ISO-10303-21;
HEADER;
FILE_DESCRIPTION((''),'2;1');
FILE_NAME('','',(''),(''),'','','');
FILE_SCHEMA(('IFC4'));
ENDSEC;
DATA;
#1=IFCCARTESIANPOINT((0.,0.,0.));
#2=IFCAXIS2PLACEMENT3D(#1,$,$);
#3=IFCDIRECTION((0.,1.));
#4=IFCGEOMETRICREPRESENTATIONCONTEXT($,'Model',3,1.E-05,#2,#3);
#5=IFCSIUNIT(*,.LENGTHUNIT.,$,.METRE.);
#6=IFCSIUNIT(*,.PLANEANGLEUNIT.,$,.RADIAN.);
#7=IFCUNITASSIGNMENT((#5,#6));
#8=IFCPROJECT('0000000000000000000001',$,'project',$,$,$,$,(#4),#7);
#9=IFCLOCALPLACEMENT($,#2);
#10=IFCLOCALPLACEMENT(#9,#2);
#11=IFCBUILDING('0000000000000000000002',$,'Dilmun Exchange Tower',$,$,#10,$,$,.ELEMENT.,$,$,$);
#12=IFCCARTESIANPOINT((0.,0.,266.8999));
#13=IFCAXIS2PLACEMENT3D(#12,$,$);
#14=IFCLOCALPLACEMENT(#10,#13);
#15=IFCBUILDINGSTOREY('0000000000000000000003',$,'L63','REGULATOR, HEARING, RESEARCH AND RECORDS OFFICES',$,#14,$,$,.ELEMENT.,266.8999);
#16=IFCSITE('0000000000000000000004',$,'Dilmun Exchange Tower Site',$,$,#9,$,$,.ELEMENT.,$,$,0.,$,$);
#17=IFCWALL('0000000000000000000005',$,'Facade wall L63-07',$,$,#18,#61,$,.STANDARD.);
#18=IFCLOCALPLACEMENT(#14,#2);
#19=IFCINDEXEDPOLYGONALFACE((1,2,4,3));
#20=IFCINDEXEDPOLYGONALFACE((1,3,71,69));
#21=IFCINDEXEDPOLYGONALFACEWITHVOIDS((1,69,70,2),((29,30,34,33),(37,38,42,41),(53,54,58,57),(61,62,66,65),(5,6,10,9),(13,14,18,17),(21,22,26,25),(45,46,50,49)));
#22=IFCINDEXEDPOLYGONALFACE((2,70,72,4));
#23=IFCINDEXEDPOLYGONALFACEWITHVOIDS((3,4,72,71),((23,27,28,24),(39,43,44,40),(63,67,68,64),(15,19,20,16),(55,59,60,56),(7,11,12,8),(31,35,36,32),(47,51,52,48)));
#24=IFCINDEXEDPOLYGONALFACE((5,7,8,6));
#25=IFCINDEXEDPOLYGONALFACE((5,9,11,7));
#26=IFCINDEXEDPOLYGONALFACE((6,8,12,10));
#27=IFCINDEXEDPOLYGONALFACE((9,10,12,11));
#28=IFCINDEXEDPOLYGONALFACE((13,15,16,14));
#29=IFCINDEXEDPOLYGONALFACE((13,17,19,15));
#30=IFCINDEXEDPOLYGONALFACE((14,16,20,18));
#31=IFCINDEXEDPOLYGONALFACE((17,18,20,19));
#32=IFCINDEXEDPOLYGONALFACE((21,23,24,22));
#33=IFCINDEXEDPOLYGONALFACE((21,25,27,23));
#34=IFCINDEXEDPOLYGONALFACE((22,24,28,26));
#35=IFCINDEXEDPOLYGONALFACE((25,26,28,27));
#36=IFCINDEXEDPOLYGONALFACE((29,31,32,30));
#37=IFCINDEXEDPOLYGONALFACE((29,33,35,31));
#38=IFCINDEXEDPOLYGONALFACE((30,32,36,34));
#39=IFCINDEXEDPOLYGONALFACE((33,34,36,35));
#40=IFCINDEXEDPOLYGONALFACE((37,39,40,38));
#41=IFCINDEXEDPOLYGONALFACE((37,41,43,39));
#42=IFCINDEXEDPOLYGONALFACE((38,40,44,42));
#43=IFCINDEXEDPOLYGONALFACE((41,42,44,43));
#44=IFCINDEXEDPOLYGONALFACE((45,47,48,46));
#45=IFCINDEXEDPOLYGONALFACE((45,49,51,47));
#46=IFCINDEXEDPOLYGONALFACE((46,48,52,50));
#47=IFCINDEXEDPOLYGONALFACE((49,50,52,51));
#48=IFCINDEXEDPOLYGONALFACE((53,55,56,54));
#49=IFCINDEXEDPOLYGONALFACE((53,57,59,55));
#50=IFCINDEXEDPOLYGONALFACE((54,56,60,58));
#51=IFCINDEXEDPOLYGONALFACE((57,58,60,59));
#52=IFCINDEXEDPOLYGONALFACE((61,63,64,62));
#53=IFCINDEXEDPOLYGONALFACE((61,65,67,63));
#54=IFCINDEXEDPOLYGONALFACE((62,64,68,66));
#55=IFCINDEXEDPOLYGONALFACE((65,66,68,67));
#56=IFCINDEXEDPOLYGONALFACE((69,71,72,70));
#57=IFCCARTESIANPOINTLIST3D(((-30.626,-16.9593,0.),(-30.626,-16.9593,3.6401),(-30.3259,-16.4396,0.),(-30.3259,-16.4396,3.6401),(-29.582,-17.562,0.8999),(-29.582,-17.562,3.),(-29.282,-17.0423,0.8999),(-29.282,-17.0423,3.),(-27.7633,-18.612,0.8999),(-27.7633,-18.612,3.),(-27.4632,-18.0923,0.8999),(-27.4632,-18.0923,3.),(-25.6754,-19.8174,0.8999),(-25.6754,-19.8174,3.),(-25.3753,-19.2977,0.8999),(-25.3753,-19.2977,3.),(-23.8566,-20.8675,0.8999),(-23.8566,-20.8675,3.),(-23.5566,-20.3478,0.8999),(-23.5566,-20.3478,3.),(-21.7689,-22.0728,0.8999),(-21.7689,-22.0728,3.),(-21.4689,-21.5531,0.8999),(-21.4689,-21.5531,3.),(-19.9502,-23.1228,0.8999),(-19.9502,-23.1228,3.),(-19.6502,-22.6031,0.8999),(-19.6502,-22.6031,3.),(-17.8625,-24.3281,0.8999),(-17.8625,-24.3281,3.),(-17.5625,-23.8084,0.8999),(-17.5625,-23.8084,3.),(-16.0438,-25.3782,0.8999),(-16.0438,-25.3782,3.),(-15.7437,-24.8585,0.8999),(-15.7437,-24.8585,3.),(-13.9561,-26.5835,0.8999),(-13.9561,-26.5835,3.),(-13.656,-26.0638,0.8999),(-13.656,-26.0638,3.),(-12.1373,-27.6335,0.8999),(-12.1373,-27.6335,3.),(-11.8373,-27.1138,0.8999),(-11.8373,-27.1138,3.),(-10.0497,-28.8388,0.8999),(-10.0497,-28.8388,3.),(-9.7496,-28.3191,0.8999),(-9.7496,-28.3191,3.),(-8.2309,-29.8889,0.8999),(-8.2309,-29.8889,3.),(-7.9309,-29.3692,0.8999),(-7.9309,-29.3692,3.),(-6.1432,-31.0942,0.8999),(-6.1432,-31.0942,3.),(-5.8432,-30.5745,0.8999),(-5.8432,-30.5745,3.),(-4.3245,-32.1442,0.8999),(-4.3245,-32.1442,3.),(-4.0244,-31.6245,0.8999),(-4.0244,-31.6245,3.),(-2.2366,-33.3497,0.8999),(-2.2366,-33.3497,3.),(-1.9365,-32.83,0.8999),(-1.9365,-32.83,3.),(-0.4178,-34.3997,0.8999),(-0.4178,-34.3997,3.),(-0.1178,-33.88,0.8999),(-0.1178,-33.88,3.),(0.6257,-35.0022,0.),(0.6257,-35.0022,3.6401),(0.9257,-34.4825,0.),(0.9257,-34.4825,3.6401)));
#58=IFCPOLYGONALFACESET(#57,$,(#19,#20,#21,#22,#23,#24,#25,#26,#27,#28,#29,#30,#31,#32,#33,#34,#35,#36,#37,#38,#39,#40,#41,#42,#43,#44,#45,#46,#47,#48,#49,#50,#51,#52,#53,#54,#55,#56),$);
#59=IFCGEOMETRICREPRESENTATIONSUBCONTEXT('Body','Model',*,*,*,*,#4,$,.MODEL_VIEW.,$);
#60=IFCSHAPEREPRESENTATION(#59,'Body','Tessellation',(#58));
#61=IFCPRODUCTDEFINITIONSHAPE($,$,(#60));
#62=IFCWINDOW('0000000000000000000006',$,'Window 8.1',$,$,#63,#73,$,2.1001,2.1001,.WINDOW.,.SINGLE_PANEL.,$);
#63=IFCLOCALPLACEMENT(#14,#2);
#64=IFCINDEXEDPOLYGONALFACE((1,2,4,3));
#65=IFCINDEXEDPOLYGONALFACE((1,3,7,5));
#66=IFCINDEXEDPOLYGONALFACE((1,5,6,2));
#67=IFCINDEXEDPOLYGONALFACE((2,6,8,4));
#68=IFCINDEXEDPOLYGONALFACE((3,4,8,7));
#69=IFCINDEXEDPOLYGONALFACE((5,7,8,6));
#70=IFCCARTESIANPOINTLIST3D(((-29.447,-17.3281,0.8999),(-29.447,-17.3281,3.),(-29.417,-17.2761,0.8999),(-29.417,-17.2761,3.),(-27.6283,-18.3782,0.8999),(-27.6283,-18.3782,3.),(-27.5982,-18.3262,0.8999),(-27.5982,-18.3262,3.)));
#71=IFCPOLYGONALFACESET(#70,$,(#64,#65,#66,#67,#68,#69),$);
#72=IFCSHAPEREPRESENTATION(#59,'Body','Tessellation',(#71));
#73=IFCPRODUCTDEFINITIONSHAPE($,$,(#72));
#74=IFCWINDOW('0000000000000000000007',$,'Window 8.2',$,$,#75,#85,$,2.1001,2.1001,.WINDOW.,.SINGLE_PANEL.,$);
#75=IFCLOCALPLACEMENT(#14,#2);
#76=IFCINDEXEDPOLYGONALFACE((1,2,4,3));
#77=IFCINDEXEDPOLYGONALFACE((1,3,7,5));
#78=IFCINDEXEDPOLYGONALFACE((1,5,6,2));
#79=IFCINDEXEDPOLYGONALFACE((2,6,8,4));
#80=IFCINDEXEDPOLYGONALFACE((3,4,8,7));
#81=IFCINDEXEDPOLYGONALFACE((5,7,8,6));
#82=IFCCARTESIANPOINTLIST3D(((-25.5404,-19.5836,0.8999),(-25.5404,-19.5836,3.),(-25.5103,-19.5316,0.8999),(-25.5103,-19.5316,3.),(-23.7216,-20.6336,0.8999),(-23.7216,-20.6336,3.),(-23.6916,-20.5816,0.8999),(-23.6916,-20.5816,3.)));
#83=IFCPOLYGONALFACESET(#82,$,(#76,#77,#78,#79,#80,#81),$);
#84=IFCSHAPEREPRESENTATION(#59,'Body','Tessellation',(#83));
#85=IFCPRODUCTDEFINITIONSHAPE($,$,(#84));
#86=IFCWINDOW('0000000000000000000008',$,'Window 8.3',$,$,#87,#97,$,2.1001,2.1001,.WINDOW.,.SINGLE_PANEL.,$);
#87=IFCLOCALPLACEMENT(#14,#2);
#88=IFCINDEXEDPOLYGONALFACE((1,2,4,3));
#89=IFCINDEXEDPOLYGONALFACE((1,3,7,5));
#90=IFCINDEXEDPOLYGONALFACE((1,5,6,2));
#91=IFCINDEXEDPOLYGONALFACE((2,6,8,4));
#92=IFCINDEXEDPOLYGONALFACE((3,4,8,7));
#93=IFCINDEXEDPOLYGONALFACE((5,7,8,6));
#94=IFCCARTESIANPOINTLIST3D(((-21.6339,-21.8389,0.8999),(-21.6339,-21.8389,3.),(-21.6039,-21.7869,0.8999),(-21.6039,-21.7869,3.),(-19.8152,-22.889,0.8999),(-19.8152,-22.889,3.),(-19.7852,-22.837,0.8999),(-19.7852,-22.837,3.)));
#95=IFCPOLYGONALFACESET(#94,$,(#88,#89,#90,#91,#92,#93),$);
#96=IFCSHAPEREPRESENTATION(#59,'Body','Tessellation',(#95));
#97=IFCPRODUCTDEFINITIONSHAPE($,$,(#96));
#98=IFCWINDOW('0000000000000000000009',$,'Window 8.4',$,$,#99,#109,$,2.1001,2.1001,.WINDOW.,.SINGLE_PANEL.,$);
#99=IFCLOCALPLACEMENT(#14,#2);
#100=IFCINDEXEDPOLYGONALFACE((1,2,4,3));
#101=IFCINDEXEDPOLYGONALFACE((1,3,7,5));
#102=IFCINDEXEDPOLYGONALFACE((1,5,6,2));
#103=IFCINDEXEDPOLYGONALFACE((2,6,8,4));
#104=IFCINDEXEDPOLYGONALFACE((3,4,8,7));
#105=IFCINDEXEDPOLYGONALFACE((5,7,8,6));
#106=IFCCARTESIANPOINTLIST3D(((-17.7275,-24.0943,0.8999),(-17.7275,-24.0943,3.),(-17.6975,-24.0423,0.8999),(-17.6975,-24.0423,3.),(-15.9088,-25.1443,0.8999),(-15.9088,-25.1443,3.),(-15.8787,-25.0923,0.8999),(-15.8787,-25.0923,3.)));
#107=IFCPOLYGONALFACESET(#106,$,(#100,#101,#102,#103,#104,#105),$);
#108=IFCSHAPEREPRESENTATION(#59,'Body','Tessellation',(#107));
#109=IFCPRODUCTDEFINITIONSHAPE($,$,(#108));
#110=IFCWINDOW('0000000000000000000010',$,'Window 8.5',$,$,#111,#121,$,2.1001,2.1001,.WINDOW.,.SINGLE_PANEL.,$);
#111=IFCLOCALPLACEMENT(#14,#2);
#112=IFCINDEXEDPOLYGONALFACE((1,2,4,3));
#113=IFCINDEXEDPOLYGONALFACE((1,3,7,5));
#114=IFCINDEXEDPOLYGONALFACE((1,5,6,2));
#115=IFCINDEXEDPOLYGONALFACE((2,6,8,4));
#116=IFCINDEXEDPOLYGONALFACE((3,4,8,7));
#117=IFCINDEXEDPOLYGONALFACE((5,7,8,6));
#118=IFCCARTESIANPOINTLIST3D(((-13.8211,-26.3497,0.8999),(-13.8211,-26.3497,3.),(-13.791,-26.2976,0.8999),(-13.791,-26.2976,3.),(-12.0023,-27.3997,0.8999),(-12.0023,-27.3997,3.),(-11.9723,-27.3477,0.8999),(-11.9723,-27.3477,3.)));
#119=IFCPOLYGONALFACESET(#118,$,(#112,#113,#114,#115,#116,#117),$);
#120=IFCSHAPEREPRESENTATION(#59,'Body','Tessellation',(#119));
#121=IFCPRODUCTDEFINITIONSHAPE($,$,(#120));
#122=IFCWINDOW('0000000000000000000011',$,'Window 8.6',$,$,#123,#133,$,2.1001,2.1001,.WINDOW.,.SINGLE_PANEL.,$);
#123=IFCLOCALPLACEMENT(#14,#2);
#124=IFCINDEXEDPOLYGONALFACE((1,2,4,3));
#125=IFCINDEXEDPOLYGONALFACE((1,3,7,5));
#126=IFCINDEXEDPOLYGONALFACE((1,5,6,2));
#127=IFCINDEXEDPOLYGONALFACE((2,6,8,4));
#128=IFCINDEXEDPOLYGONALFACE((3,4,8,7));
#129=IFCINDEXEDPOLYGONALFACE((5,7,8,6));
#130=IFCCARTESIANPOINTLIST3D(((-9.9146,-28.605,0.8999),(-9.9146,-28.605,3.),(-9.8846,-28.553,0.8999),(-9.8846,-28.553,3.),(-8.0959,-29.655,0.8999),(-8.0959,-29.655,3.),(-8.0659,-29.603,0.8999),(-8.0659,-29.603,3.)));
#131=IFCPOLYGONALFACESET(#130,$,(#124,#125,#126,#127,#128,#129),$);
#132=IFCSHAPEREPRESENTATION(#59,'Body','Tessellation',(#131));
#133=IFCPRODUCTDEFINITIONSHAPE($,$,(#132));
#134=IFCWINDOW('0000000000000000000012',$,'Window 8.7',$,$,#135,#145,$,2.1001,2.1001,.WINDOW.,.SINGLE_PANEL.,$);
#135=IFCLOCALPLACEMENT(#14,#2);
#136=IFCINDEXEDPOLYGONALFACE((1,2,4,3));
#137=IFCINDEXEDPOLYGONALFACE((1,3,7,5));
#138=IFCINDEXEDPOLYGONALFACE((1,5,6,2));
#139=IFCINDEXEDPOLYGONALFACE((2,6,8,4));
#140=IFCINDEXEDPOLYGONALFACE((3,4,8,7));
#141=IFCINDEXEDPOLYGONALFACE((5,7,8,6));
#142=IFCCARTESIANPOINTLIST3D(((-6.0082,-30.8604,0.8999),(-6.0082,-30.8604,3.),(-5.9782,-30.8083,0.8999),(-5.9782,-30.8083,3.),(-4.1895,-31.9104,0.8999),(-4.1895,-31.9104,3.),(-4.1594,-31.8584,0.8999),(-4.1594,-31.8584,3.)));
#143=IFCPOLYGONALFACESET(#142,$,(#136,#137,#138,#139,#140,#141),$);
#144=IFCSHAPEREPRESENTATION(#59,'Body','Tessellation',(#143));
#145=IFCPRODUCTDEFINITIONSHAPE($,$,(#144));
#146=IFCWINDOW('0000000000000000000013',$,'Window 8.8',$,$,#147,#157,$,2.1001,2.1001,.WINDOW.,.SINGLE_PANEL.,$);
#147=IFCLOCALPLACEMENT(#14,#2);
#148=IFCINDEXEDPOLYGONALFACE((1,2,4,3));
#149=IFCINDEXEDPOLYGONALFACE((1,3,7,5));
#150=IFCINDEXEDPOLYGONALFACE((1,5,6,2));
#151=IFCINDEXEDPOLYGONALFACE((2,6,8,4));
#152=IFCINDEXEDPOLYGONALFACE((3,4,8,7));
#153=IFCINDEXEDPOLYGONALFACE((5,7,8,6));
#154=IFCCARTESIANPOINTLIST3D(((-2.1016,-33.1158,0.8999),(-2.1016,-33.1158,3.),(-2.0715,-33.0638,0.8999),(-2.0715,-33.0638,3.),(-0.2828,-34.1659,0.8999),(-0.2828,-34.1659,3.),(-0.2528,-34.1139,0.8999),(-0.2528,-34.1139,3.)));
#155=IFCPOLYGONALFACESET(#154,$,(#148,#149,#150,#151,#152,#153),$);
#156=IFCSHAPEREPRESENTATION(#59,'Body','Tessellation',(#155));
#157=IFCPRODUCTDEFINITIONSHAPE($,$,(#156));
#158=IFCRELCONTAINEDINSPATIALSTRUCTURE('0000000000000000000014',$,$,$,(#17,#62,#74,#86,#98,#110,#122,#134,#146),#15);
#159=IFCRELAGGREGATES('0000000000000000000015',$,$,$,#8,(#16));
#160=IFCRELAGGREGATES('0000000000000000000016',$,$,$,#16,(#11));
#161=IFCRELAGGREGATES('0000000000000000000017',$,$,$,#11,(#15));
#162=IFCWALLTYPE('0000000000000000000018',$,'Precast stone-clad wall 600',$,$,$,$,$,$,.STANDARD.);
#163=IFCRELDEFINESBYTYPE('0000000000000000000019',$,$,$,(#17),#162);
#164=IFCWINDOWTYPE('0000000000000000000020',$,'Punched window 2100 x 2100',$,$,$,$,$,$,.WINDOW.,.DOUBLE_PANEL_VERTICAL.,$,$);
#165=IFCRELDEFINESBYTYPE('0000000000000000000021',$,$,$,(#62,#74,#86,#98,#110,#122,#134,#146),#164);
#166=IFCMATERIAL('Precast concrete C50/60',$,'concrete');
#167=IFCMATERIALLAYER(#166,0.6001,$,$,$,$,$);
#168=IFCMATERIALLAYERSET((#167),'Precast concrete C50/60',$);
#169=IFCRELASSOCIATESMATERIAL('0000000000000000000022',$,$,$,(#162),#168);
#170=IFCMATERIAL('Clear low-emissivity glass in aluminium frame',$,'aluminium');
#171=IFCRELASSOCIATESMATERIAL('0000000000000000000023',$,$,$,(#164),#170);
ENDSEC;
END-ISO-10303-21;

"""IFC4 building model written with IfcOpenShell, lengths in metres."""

from ifc_helpers import new_model, si_unit, direction, frame, frame_2d, origin, place, context, subcontext, project, spatial, rectangle, extrude, material, layer, layer_set, type_object, element, fill, save


model = new_model("IFC4")

# Units and contexts
model_context = context("Model", 3, precision=1e-05, world=origin(), true_north=direction((0.0, 1.0)))
body_context = subcontext(model_context, "Body", "Model", "MODEL_VIEW")
ifc_project = project(units=[si_unit("LENGTHUNIT", "METRE"), si_unit("PLANEANGLEUNIT", "RADIAN")], contexts=[model_context])

# Site, building, storey
site_placement = place(None, origin())
site = spatial("IfcSite", under=ifc_project, at=site_placement, Name="Dilmun Exchange Tower Site", CompositionType="ELEMENT", RefElevation=0.0)
building_placement = place(site_placement, origin())
building = spatial("IfcBuilding", under=site, at=building_placement, Name="Dilmun Exchange Tower", CompositionType="ELEMENT")
storey_placement = place(building_placement, frame((0.0, 0.0, 266.8999)))
storey = spatial("IfcBuildingStorey", under=building, at=storey_placement, Name="L63", Description="REGULATOR, HEARING, RESEARCH AND RECORDS OFFICES", CompositionType="ELEMENT", Elevation=266.8999)

# Shared definitions
ifc_material_1 = material(Name="Precast concrete C50/60", Category="concrete")
ifc_layer_1 = layer(ifc_material_1, 0.6001)
ifc_layer_set_1 = layer_set([ifc_layer_1], Name="Precast concrete C50/60")
wall_type_1 = type_object("IfcWallType", Name="Precast stone-clad wall 600", PredefinedType="STANDARD", material=ifc_layer_set_1)
ifc_material_2 = material(Name="Clear low-emissivity glass in aluminium frame", Category="aluminium")

# Wall, openings, windows
wall_1_placement = place(storey_placement, frame((-30.4758, -16.6995, 0.0), z_axis=(0.0, 0.0, 1.0), x_axis=(0.866028, -0.499996, 0.0)))
wall_1 = element("IfcWall", 1, at=wall_1_placement, inside=storey, type_object=wall_type_1, Name="Facade wall L63-07", PredefinedType="STANDARD", context=body_context, shape_type="SweptSolid", body=[
    extrude(rectangle(XDim=36.0862, YDim=0.6001, at=frame_2d((18.043, 0.0))), origin(), (0.0, 0.0, 1.0), 3.6401),
])
opening_1_placement = place(wall_1_placement, frame((1.2053, 0.0, 0.8999)))
opening_1 = element("IfcOpeningElement", 2, at=opening_1_placement, cuts=wall_1, PredefinedType="OPENING", context=body_context, shape_type="SweptSolid", body=[
    extrude(rectangle(XDim=2.1001, YDim=2.1001, at=frame_2d((1.05, 1.05))), frame((0.0, 0.3101, 0.0), z_axis=(0.0, -1.0, 0.0), x_axis=(1.0, 0.0, 0.0)), (0.0, 0.0, 1.0), 0.6201),
])
opening_2_placement = place(wall_1_placement, frame((5.7163, 0.0, 0.8999)))
opening_2 = element("IfcOpeningElement", 3, at=opening_2_placement, cuts=wall_1, PredefinedType="OPENING", context=body_context, shape_type="SweptSolid", body=[
    extrude(rectangle(XDim=2.1001, YDim=2.1001, at=frame_2d((1.05, 1.05))), frame((0.0, 0.3101, 0.0), z_axis=(0.0, -1.0, 0.0), x_axis=(1.0, 0.0, 0.0)), (0.0, 0.0, 1.0), 0.6201),
])
opening_3_placement = place(wall_1_placement, frame((10.2271, 0.0, 0.8999)))
opening_3 = element("IfcOpeningElement", 4, at=opening_3_placement, cuts=wall_1, PredefinedType="OPENING", context=body_context, shape_type="SweptSolid", body=[
    extrude(rectangle(XDim=2.1001, YDim=2.1001, at=frame_2d((1.05, 1.05))), frame((0.0, 0.3101, 0.0), z_axis=(0.0, -1.0, 0.0), x_axis=(1.0, 0.0, 0.0)), (0.0, 0.0, 1.0), 0.6201),
])
opening_4_placement = place(wall_1_placement, frame((14.7378, 0.0, 0.8999)))
opening_4 = element("IfcOpeningElement", 5, at=opening_4_placement, cuts=wall_1, PredefinedType="OPENING", context=body_context, shape_type="SweptSolid", body=[
    extrude(rectangle(XDim=2.1001, YDim=2.1001, at=frame_2d((1.05, 1.05))), frame((0.0, 0.3101, 0.0), z_axis=(0.0, -1.0, 0.0), x_axis=(1.0, 0.0, 0.0)), (0.0, 0.0, 1.0), 0.6201),
])
opening_5_placement = place(wall_1_placement, frame((19.2485, 0.0, 0.8999)))
opening_5 = element("IfcOpeningElement", 6, at=opening_5_placement, cuts=wall_1, PredefinedType="OPENING", context=body_context, shape_type="SweptSolid", body=[
    extrude(rectangle(XDim=2.1001, YDim=2.1001, at=frame_2d((1.05, 1.05))), frame((0.0, 0.3101, 0.0), z_axis=(0.0, -1.0, 0.0), x_axis=(1.0, 0.0, 0.0)), (0.0, 0.0, 1.0), 0.6201),
])
opening_6_placement = place(wall_1_placement, frame((23.7593, 0.0, 0.8999)))
opening_6 = element("IfcOpeningElement", 7, at=opening_6_placement, cuts=wall_1, PredefinedType="OPENING", context=body_context, shape_type="SweptSolid", body=[
    extrude(rectangle(XDim=2.1001, YDim=2.1001, at=frame_2d((1.05, 1.05))), frame((0.0, 0.3101, 0.0), z_axis=(0.0, -1.0, 0.0), x_axis=(1.0, 0.0, 0.0)), (0.0, 0.0, 1.0), 0.6201),
])
opening_7_placement = place(wall_1_placement, frame((28.27, 0.0, 0.8999)))
opening_7 = element("IfcOpeningElement", 8, at=opening_7_placement, cuts=wall_1, PredefinedType="OPENING", context=body_context, shape_type="SweptSolid", body=[
    extrude(rectangle(XDim=2.1001, YDim=2.1001, at=frame_2d((1.05, 1.05))), frame((0.0, 0.3101, 0.0), z_axis=(0.0, -1.0, 0.0), x_axis=(1.0, 0.0, 0.0)), (0.0, 0.0, 1.0), 0.6201),
])
opening_8_placement = place(wall_1_placement, frame((32.781, 0.0, 0.8999)))
opening_8 = element("IfcOpeningElement", 9, at=opening_8_placement, cuts=wall_1, PredefinedType="OPENING", context=body_context, shape_type="SweptSolid", body=[
    extrude(rectangle(XDim=2.1001, YDim=2.1001, at=frame_2d((1.05, 1.05))), frame((0.0, 0.3101, 0.0), z_axis=(0.0, -1.0, 0.0), x_axis=(1.0, 0.0, 0.0)), (0.0, 0.0, 1.0), 0.6201),
])
window_type_1 = type_object("IfcWindowType", Name="Punched window 2100 x 2100", PartitioningType="DOUBLE_PANEL_VERTICAL", PredefinedType="WINDOW", material=ifc_material_2)
window_1_placement = place(opening_1_placement, origin())
window_1 = element("IfcWindow", 10, at=window_1_placement, inside=storey, type_object=window_type_1, Name="Window 8.1", OverallHeight=2.1001, OverallWidth=2.1001, PartitioningType="SINGLE_PANEL", PredefinedType="WINDOW", context=body_context, shape_type="SweptSolid", body=[
    extrude(rectangle(XDim=2.1001, YDim=2.1001, at=frame_2d((1.05, 1.05))), frame((0.0, 0.03, 0.0), z_axis=(0.0, -1.0, 0.0), x_axis=(1.0, 0.0, 0.0)), (0.0, 0.0, 1.0), 0.0601),
])
fill(opening_1, window_1)
window_2_placement = place(opening_2_placement, origin())
window_2 = element("IfcWindow", 11, at=window_2_placement, inside=storey, type_object=window_type_1, Name="Window 8.2", OverallHeight=2.1001, OverallWidth=2.1001, PartitioningType="SINGLE_PANEL", PredefinedType="WINDOW", context=body_context, shape_type="SweptSolid", body=[
    extrude(rectangle(XDim=2.1001, YDim=2.1001, at=frame_2d((1.05, 1.05))), frame((0.0, 0.03, 0.0), z_axis=(0.0, -1.0, 0.0), x_axis=(1.0, 0.0, 0.0)), (0.0, 0.0, 1.0), 0.0601),
])
fill(opening_2, window_2)
window_3_placement = place(opening_3_placement, origin())
window_3 = element("IfcWindow", 12, at=window_3_placement, inside=storey, type_object=window_type_1, Name="Window 8.3", OverallHeight=2.1001, OverallWidth=2.1001, PartitioningType="SINGLE_PANEL", PredefinedType="WINDOW", context=body_context, shape_type="SweptSolid", body=[
    extrude(rectangle(XDim=2.1001, YDim=2.1001, at=frame_2d((1.05, 1.05))), frame((0.0, 0.03, 0.0), z_axis=(0.0, -1.0, 0.0), x_axis=(1.0, 0.0, 0.0)), (0.0, 0.0, 1.0), 0.0601),
])
fill(opening_3, window_3)
window_4_placement = place(opening_4_placement, origin())
window_4 = element("IfcWindow", 13, at=window_4_placement, inside=storey, type_object=window_type_1, Name="Window 8.4", OverallHeight=2.1001, OverallWidth=2.1001, PartitioningType="SINGLE_PANEL", PredefinedType="WINDOW", context=body_context, shape_type="SweptSolid", body=[
    extrude(rectangle(XDim=2.1001, YDim=2.1001, at=frame_2d((1.05, 1.05))), frame((0.0, 0.03, 0.0), z_axis=(0.0, -1.0, 0.0), x_axis=(1.0, 0.0, 0.0)), (0.0, 0.0, 1.0), 0.0601),
])
fill(opening_4, window_4)
window_5_placement = place(opening_5_placement, origin())
window_5 = element("IfcWindow", 14, at=window_5_placement, inside=storey, type_object=window_type_1, Name="Window 8.5", OverallHeight=2.1001, OverallWidth=2.1001, PartitioningType="SINGLE_PANEL", PredefinedType="WINDOW", context=body_context, shape_type="SweptSolid", body=[
    extrude(rectangle(XDim=2.1001, YDim=2.1001, at=frame_2d((1.05, 1.05))), frame((0.0, 0.03, 0.0), z_axis=(0.0, -1.0, 0.0), x_axis=(1.0, 0.0, 0.0)), (0.0, 0.0, 1.0), 0.0601),
])
fill(opening_5, window_5)
window_6_placement = place(opening_6_placement, origin())
window_6 = element("IfcWindow", 15, at=window_6_placement, inside=storey, type_object=window_type_1, Name="Window 8.6", OverallHeight=2.1001, OverallWidth=2.1001, PartitioningType="SINGLE_PANEL", PredefinedType="WINDOW", context=body_context, shape_type="SweptSolid", body=[
    extrude(rectangle(XDim=2.1001, YDim=2.1001, at=frame_2d((1.05, 1.05))), frame((0.0, 0.03, 0.0), z_axis=(0.0, -1.0, 0.0), x_axis=(1.0, 0.0, 0.0)), (0.0, 0.0, 1.0), 0.0601),
])
fill(opening_6, window_6)
window_7_placement = place(opening_7_placement, origin())
window_7 = element("IfcWindow", 16, at=window_7_placement, inside=storey, type_object=window_type_1, Name="Window 8.7", OverallHeight=2.1001, OverallWidth=2.1001, PartitioningType="SINGLE_PANEL", PredefinedType="WINDOW", context=body_context, shape_type="SweptSolid", body=[
    extrude(rectangle(XDim=2.1001, YDim=2.1001, at=frame_2d((1.05, 1.05))), frame((0.0, 0.03, 0.0), z_axis=(0.0, -1.0, 0.0), x_axis=(1.0, 0.0, 0.0)), (0.0, 0.0, 1.0), 0.0601),
])
fill(opening_7, window_7)
window_8_placement = place(opening_8_placement, origin())
window_8 = element("IfcWindow", 17, at=window_8_placement, inside=storey, type_object=window_type_1, Name="Window 8.8", OverallHeight=2.1001, OverallWidth=2.1001, PartitioningType="SINGLE_PANEL", PredefinedType="WINDOW", context=body_context, shape_type="SweptSolid", body=[
    extrude(rectangle(XDim=2.1001, YDim=2.1001, at=frame_2d((1.05, 1.05))), frame((0.0, 0.03, 0.0), z_axis=(0.0, -1.0, 0.0), x_axis=(1.0, 0.0, 0.0)), (0.0, 0.0, 1.0), 0.0601),
])
fill(opening_8, window_8)

save(model, "model.ifc")
